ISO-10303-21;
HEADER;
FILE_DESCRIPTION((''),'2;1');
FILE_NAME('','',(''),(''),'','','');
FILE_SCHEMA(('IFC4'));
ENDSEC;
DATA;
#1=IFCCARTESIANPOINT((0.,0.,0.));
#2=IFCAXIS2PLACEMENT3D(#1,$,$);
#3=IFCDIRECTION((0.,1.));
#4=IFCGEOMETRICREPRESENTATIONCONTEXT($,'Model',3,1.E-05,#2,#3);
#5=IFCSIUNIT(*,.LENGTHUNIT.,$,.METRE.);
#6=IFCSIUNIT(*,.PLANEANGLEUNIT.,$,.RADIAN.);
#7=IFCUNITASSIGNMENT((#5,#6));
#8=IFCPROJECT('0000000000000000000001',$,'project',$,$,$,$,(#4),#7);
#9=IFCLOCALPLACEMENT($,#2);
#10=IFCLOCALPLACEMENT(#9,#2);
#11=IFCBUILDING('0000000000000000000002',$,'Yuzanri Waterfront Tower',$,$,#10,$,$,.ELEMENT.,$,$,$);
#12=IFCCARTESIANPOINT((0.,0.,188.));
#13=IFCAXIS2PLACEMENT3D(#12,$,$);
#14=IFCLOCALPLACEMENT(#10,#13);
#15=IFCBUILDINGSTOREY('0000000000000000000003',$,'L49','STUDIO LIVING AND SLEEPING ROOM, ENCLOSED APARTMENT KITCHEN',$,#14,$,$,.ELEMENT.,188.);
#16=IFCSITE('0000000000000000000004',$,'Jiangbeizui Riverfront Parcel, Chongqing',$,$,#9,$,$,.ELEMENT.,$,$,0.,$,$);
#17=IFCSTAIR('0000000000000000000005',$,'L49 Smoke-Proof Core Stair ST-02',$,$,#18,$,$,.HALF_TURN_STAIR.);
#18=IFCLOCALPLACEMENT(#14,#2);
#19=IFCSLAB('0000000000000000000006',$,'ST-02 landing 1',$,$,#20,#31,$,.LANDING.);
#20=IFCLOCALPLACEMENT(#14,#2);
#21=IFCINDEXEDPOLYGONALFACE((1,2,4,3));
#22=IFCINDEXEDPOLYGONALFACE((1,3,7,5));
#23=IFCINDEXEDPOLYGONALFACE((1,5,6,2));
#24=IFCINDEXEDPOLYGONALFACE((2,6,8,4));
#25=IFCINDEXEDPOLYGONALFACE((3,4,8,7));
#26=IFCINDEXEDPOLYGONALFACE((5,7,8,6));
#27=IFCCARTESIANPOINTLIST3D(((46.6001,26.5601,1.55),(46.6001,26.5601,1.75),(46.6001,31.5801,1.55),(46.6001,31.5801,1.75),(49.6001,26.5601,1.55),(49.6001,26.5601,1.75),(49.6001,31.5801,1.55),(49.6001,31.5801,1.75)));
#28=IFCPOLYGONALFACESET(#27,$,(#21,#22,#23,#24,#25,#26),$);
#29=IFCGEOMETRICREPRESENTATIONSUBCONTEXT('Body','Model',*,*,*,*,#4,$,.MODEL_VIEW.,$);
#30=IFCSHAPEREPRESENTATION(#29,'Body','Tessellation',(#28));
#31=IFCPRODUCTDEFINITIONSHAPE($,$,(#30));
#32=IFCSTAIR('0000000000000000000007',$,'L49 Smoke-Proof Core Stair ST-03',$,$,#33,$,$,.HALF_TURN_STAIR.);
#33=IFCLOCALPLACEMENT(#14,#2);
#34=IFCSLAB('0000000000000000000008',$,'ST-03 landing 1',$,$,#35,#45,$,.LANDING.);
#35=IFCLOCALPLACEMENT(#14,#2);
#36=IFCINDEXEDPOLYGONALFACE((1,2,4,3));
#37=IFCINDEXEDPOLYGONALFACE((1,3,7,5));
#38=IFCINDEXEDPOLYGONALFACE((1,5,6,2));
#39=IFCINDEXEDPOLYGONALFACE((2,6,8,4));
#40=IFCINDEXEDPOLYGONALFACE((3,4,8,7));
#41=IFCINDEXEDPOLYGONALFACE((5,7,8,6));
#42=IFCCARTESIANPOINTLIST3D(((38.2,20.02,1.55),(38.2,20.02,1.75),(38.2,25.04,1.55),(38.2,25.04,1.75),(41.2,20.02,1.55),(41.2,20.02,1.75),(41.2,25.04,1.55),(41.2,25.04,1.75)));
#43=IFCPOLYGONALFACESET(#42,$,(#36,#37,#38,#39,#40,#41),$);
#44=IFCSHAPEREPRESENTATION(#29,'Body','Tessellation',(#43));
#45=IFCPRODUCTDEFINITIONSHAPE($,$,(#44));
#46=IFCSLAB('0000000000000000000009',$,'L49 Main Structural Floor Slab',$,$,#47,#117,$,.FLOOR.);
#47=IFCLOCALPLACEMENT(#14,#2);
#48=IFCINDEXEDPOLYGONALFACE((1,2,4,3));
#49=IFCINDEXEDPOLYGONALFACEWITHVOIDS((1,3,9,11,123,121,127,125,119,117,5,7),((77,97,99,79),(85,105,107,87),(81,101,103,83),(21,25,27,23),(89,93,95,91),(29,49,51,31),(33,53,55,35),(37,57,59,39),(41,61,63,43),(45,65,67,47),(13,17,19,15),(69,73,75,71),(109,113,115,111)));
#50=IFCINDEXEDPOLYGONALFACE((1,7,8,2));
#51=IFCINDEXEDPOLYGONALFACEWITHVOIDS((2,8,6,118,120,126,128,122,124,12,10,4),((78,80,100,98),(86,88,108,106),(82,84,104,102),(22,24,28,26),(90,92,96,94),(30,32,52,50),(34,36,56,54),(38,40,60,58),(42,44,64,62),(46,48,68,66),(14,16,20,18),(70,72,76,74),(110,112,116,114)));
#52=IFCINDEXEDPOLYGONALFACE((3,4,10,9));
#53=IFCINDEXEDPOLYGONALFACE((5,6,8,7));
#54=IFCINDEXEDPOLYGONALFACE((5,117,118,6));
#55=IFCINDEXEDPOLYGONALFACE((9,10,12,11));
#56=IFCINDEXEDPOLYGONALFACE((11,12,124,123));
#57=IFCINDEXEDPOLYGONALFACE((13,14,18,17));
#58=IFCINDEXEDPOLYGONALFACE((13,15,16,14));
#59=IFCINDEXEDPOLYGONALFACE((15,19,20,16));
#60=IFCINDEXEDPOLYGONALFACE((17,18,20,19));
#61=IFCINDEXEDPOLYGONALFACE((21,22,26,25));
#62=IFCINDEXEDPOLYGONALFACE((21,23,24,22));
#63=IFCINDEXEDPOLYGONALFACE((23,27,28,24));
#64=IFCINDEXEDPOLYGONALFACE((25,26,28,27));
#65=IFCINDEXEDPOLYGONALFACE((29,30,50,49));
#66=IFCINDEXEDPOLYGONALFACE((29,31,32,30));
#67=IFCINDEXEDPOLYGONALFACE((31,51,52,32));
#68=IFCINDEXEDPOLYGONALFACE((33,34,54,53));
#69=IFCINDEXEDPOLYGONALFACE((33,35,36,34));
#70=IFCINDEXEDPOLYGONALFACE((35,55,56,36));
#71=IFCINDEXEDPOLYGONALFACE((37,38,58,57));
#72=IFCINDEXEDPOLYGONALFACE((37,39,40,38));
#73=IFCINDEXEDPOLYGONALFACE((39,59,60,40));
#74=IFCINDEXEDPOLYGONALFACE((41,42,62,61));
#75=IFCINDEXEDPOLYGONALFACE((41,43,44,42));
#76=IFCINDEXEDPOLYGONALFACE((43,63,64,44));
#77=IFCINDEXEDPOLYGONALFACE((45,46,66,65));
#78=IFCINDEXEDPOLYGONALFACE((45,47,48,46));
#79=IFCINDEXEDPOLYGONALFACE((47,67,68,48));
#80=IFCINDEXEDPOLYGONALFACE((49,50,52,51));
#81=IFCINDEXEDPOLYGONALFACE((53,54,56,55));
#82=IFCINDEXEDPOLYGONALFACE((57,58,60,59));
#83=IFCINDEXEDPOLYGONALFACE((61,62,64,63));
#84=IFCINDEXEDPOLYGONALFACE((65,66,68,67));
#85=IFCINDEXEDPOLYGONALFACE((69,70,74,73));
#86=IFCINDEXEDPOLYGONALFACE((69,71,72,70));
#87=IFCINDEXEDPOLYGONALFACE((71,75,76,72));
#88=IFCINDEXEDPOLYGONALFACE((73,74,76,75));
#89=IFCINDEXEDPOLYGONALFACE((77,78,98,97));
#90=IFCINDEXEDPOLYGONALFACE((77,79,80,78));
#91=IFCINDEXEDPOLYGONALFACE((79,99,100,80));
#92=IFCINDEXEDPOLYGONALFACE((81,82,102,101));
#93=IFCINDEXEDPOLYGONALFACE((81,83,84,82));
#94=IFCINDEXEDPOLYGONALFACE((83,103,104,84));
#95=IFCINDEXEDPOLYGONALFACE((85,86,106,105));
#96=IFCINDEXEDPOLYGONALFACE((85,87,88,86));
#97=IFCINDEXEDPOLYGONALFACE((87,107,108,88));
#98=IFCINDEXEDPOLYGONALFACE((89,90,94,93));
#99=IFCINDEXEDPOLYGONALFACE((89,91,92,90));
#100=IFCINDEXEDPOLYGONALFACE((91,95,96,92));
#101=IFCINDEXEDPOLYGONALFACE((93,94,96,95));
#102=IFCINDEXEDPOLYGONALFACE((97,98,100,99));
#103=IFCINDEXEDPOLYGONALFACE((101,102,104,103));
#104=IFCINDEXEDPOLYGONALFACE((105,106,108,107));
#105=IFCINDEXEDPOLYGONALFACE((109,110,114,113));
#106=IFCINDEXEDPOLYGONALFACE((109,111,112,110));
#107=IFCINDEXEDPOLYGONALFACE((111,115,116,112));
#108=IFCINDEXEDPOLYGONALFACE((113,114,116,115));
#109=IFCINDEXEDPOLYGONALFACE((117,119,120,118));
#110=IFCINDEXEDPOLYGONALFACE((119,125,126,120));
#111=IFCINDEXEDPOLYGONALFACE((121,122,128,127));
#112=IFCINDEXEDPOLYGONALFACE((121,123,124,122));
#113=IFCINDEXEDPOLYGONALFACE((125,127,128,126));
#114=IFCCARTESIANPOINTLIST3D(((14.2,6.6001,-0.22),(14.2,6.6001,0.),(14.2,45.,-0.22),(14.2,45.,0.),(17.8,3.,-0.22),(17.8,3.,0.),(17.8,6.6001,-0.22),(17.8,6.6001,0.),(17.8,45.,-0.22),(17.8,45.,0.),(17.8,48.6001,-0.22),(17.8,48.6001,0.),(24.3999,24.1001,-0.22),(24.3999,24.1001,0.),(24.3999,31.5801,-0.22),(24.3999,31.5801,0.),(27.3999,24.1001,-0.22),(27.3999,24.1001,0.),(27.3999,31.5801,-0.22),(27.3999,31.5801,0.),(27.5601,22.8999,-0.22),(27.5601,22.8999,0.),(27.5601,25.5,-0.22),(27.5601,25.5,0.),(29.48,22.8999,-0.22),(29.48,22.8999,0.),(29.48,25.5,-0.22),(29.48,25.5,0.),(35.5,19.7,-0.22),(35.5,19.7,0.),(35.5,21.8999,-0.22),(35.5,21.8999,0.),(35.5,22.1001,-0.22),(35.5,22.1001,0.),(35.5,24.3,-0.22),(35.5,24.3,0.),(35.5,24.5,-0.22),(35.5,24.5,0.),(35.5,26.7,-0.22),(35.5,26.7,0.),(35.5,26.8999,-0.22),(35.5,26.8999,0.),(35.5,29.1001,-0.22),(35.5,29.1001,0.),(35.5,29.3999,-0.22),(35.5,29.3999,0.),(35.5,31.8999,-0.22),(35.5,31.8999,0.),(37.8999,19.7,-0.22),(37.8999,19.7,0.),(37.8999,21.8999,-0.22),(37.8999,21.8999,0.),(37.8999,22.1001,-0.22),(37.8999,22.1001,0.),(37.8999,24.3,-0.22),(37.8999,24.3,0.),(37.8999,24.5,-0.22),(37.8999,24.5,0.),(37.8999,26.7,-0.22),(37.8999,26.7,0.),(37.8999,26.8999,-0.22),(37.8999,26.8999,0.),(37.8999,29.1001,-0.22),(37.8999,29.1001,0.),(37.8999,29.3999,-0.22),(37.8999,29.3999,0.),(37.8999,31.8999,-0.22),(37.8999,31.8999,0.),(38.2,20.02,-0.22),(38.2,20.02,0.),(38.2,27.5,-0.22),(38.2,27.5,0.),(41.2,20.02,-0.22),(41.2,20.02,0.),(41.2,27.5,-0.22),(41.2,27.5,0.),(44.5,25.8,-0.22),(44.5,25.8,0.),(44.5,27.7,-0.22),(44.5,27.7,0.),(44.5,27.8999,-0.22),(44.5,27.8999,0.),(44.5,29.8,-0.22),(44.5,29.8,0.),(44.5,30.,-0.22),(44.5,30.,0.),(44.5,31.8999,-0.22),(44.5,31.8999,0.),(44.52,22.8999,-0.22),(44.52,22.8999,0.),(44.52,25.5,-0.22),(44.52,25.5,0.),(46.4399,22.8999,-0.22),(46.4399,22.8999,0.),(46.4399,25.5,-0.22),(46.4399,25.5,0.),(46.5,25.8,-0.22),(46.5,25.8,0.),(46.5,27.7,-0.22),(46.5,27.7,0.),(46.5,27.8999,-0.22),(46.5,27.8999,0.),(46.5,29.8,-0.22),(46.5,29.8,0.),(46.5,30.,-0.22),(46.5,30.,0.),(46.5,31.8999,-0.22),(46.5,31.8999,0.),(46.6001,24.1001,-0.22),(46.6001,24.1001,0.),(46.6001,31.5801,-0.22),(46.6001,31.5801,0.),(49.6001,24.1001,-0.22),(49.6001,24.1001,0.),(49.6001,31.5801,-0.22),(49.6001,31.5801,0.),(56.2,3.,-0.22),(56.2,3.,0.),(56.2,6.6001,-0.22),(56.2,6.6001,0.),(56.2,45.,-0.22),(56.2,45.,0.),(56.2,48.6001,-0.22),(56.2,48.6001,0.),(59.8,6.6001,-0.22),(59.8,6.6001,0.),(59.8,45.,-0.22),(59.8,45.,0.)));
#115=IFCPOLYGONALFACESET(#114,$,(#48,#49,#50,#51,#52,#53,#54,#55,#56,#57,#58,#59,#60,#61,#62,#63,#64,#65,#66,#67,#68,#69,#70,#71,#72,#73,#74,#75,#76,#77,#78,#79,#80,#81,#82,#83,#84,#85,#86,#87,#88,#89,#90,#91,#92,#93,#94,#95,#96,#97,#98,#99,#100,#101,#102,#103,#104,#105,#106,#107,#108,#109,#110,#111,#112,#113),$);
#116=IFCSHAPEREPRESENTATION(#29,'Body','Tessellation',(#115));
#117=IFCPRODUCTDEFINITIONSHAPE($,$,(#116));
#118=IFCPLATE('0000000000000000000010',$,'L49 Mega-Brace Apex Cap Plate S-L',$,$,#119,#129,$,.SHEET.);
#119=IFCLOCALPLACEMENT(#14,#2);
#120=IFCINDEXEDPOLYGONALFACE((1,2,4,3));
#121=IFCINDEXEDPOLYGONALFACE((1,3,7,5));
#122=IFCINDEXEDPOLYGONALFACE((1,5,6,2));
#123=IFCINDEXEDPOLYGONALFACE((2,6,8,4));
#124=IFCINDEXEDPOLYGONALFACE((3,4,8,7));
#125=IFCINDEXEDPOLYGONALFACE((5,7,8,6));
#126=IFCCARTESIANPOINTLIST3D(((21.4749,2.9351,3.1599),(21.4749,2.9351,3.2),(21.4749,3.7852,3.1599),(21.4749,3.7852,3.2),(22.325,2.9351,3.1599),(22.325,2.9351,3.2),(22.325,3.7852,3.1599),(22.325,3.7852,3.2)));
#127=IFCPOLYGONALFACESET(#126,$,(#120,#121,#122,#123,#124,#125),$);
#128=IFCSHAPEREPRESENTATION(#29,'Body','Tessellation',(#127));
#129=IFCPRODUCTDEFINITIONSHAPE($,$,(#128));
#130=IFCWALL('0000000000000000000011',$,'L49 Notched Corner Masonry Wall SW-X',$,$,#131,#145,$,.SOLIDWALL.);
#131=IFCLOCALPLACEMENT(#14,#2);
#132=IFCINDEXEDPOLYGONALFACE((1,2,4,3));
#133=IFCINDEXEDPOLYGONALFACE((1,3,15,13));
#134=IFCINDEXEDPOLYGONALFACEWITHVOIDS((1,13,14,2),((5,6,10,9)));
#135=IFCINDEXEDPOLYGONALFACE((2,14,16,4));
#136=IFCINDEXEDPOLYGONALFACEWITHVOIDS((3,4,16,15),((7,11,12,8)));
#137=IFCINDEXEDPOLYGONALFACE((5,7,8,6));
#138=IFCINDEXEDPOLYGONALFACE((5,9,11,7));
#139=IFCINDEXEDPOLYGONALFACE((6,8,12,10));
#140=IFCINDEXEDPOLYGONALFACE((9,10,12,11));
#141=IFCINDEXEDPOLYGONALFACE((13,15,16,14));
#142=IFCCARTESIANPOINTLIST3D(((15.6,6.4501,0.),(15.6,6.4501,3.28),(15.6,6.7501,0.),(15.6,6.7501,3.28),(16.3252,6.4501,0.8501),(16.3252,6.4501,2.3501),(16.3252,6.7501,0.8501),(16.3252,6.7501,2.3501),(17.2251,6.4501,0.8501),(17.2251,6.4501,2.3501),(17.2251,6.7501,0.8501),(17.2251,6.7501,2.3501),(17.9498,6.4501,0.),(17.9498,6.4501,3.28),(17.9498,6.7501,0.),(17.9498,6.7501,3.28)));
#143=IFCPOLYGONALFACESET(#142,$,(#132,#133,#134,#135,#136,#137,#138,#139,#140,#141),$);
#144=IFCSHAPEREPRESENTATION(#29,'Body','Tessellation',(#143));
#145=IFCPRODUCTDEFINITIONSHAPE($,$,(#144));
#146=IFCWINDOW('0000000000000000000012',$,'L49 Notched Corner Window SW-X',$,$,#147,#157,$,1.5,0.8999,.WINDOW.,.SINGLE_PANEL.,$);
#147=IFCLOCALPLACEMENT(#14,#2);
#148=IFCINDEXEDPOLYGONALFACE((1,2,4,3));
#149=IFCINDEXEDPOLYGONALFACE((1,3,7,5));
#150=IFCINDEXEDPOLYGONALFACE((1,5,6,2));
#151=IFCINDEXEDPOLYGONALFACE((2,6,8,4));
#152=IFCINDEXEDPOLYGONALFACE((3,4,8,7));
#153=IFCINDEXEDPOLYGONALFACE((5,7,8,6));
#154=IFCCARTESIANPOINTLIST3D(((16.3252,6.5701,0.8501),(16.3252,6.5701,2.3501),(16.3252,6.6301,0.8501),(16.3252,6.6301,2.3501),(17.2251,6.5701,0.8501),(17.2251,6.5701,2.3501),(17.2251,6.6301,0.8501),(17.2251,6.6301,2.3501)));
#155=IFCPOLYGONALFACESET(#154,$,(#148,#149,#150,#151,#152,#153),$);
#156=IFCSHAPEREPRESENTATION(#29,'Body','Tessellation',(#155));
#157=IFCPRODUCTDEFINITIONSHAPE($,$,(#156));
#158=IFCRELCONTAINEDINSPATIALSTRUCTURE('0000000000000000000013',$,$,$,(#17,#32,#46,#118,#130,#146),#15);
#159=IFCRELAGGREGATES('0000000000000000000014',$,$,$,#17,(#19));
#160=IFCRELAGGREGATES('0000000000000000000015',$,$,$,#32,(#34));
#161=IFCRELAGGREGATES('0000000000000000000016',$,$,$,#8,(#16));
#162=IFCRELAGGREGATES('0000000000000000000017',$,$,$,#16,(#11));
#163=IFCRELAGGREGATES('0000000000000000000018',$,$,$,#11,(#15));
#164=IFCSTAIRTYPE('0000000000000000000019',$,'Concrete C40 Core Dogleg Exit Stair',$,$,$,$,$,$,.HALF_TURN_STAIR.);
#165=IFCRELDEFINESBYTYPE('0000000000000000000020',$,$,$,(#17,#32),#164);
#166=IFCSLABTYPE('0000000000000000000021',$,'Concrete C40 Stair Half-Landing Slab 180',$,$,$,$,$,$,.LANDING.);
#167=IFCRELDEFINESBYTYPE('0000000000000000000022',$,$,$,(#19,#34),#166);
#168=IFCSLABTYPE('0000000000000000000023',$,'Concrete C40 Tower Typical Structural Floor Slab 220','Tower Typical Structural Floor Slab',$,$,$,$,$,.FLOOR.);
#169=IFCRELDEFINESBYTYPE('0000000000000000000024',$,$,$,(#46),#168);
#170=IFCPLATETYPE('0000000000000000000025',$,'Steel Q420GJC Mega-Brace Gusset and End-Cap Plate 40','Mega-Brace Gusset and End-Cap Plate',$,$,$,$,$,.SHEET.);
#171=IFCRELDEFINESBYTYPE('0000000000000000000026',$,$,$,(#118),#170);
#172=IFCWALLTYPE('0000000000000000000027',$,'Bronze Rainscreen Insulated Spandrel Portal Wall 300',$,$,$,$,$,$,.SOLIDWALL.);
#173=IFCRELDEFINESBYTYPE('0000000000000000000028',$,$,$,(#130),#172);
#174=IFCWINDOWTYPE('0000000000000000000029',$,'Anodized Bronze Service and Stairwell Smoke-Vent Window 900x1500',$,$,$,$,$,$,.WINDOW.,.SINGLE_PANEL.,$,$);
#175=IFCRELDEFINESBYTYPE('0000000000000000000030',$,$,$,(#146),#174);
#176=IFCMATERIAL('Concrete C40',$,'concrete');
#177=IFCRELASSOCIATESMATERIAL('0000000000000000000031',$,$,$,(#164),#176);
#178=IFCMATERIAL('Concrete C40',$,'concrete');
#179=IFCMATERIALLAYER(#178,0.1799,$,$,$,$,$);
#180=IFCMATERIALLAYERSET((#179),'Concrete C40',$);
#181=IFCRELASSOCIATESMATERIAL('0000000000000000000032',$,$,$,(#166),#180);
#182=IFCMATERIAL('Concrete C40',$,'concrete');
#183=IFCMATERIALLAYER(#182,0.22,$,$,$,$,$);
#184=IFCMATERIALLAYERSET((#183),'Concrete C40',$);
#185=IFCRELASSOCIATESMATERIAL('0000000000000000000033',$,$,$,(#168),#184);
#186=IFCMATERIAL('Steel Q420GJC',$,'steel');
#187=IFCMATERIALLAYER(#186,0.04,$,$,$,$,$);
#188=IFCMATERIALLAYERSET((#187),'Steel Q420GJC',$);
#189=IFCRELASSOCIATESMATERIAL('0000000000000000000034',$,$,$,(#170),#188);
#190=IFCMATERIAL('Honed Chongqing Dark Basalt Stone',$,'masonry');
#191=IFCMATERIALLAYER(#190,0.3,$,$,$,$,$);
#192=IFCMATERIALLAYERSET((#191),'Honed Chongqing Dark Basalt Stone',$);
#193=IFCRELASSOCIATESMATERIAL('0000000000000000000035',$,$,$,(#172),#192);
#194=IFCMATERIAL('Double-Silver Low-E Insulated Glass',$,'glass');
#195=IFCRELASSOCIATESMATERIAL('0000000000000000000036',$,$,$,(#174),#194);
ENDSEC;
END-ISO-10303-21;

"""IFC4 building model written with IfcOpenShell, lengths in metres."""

from ifc_helpers import new_model, si_unit, direction, frame, frame_2d, origin, origin_2d, place, context, subcontext, project, spatial, polyline, rectangle, outline, extrude, source, transform, mapped, material, layer, layer_set, type_object, element, fill, aggregate, save


model = new_model("IFC4")

# Units and contexts
model_context = context("Model", 3, precision=1e-05, world=origin(), true_north=direction((0.0, 1.0)))
body_context = subcontext(model_context, "Body", "Model", "MODEL_VIEW")
ifc_project = project(units=[si_unit("LENGTHUNIT", "METRE"), si_unit("PLANEANGLEUNIT", "RADIAN")], contexts=[model_context])

# Site, building, storey
site_placement = place(None, origin())
site = spatial("IfcSite", under=ifc_project, at=site_placement, Name="Jiangbeizui Riverfront Parcel, Chongqing", CompositionType="ELEMENT", RefElevation=0.0)
building_placement = place(site_placement, origin())
building = spatial("IfcBuilding", under=site, at=building_placement, Name="Yuzanri Waterfront Tower", CompositionType="ELEMENT")
storey_placement = place(building_placement, frame((0.0, 0.0, 188.0)))
storey = spatial("IfcBuildingStorey", under=building, at=storey_placement, Name="L49", Description="STUDIO LIVING AND SLEEPING ROOM, ENCLOSED APARTMENT KITCHEN", CompositionType="ELEMENT", Elevation=188.0)

# Stairs, slabs
ifc_material_1 = material(Name="Concrete C40", Category="concrete")
stair_type = type_object("IfcStairType", Name="Concrete C40 Core Dogleg Exit Stair", PredefinedType="HALF_TURN_STAIR", material=ifc_material_1)
ifc_material_2 = material(Name="Concrete C40", Category="concrete")
ifc_layer_1 = layer(ifc_material_2, 0.1799)
ifc_layer_set_1 = layer_set([ifc_layer_1], Name="Concrete C40")
slab_type_1 = type_object("IfcSlabType", Name="Concrete C40 Stair Half-Landing Slab 180", PredefinedType="LANDING", material=ifc_layer_set_1)
stair_1_placement = place(storey_placement, origin())
stair_1 = element("IfcStair", 1, at=stair_1_placement, inside=storey, type_object=stair_type, Name="L49 Smoke-Proof Core Stair ST-02", PredefinedType="HALF_TURN_STAIR")
slab_1_placement = place(storey_placement, frame((0.0, 0.0, 1.55)))
slab_1 = element("IfcSlab", 2, at=slab_1_placement, type_object=slab_type_1, Name="ST-02 landing 1", PredefinedType="LANDING", context=body_context, shape_type="SweptSolid", body=[
    extrude(outline(polyline([(49.6001, 26.5601), (49.6001, 31.5801), (46.6001, 31.5801), (46.6001, 26.5601), (49.6001, 26.5601)])), origin(), (0.0, 0.0, 1.0), 0.2),
])
aggregate(stair_1, [slab_1])
stair_2_placement = place(storey_placement, origin())
stair_2 = element("IfcStair", 3, at=stair_2_placement, inside=storey, type_object=stair_type, Name="L49 Smoke-Proof Core Stair ST-03", PredefinedType="HALF_TURN_STAIR")
slab_2_placement = place(storey_placement, frame((0.0, 0.0, 1.55)))
slab_2 = element("IfcSlab", 4, at=slab_2_placement, type_object=slab_type_1, Name="ST-03 landing 1", PredefinedType="LANDING", context=body_context, shape_type="SweptSolid", body=[
    extrude(outline(polyline([(38.2, 25.04), (38.2, 20.02), (41.2, 20.02), (41.2, 25.04), (38.2, 25.04)])), origin(), (0.0, 0.0, 1.0), 0.2),
])
aggregate(stair_2, [slab_2])

# Slab
ifc_material_3 = material(Name="Concrete C40", Category="concrete")
ifc_layer_2 = layer(ifc_material_3, 0.22)
ifc_layer_set_2 = layer_set([ifc_layer_2], Name="Concrete C40")
slab_type_2 = type_object("IfcSlabType", Name="Concrete C40 Tower Typical Structural Floor Slab 220", Description="Tower Typical Structural Floor Slab", PredefinedType="FLOOR", material=ifc_layer_set_2)
slab_3_placement = place(storey_placement, frame((0.0, 0.0, -0.22)))
element("IfcSlab", 5, at=slab_3_placement, inside=storey, type_object=slab_type_2, Name="L49 Main Structural Floor Slab", PredefinedType="FLOOR", context=body_context, shape_type="SweptSolid", body=[
    extrude(outline(polyline([(17.8, 3.0), (56.2, 3.0), (56.2, 6.6001), (59.8, 6.6001), (59.8, 45.0), (56.2, 45.0), (56.2, 48.6001), (17.8, 48.6001), (17.8, 45.0), (14.2, 45.0), (14.2, 6.6001), (17.8, 6.6001), (17.8, 3.0)]), holes=[polyline([(27.3999, 24.1001), (27.3999, 31.5801), (24.3999, 31.5801), (24.3999, 24.1001), (27.3999, 24.1001)]), polyline([(49.6001, 24.1001), (49.6001, 31.5801), (46.6001, 31.5801), (46.6001, 24.1001), (49.6001, 24.1001)]), polyline([(38.2, 27.5), (38.2, 20.02), (41.2, 20.02), (41.2, 27.5), (38.2, 27.5)]), polyline([(27.5601, 22.8999), (29.48, 22.8999), (29.48, 25.5), (27.5601, 25.5), (27.5601, 22.8999)]), polyline([(44.52, 22.8999), (46.4399, 22.8999), (46.4399, 25.5), (44.52, 25.5), (44.52, 22.8999)]), polyline([(35.5, 19.7), (37.8999, 19.7), (37.8999, 21.8999), (35.5, 21.8999), (35.5, 19.7)]), polyline([(35.5, 22.1001), (37.8999, 22.1001), (37.8999, 24.3), (35.5, 24.3), (35.5, 22.1001)]), polyline([(35.5, 24.5), (37.8999, 24.5), (37.8999, 26.7), (35.5, 26.7), (35.5, 24.5)]), polyline([(35.5, 26.8999), (37.8999, 26.8999), (37.8999, 29.1001), (35.5, 29.1001), (35.5, 26.8999)]), polyline([(35.5, 29.3999), (37.8999, 29.3999), (37.8999, 31.8999), (35.5, 31.8999), (35.5, 29.3999)]), polyline([(44.5, 25.8), (46.5, 25.8), (46.5, 27.7), (44.5, 27.7), (44.5, 25.8)]), polyline([(44.5, 27.8999), (46.5, 27.8999), (46.5, 29.8), (44.5, 29.8), (44.5, 27.8999)]), polyline([(44.5, 30.0), (46.5, 30.0), (46.5, 31.8999), (44.5, 31.8999), (44.5, 30.0)])]), origin(), (0.0, 0.0, 1.0), 0.22),
])

# Plate
ifc_material_4 = material(Name="Steel Q420GJC", Category="steel")
ifc_layer_3 = layer(ifc_material_4, 0.04)
ifc_layer_set_3 = layer_set([ifc_layer_3], Name="Steel Q420GJC")
plate_type = type_object("IfcPlateType", Name="Steel Q420GJC Mega-Brace Gusset and End-Cap Plate 40", Description="Mega-Brace Gusset and End-Cap Plate", PredefinedType="SHEET", material=ifc_layer_set_3)
shared_shape_1 = source(origin(), body_context, "Body", "SweptSolid", [
    extrude(rectangle(XDim=0.8501, YDim=0.8501, at=origin_2d()), origin(), (0.0, 0.0, 1.0), 0.04),
])
plate_placement = place(storey_placement, frame((21.8999, 3.3601, 3.1599), z_axis=(0.0, 0.0, 1.0), x_axis=(1.0, 0.0, 0.0)))
element("IfcPlate", 6, at=plate_placement, inside=storey, type_object=plate_type, Name="L49 Mega-Brace Apex Cap Plate S-L", PredefinedType="SHEET", context=body_context, shape_type="MappedRepresentation", body=[
    mapped(shared_shape_1, transform((0.0, 0.0, 0.0), scale=1.0)),
])

# Wall, opening, window
ifc_material_5 = material(Name="Honed Chongqing Dark Basalt Stone", Category="masonry")
ifc_layer_4 = layer(ifc_material_5, 0.3)
ifc_layer_set_4 = layer_set([ifc_layer_4], Name="Honed Chongqing Dark Basalt Stone")
wall_type_1 = type_object("IfcWallType", Name="Bronze Rainscreen Insulated Spandrel Portal Wall 300", PredefinedType="SOLIDWALL", material=ifc_layer_set_4)
wall_1_placement = place(storey_placement, frame((15.6001, 6.6001, 0.0), z_axis=(0.0, 0.0, 1.0), x_axis=(1.0, 0.0, 0.0)))
wall_1 = element("IfcWall", 7, at=wall_1_placement, inside=storey, type_object=wall_type_1, Name="L49 Notched Corner Masonry Wall SW-X", PredefinedType="SOLIDWALL", context=body_context, shape_type="SweptSolid", body=[
    extrude(rectangle(XDim=2.3499, YDim=0.3, at=frame_2d((1.1748, 0.0))), origin(), (0.0, 0.0, 1.0), 3.28),
])
opening_1_placement = place(wall_1_placement, frame((0.7251, 0.0, 0.8501)))
opening_1 = element("IfcOpeningElement", 8, at=opening_1_placement, cuts=wall_1, PredefinedType="OPENING", context=body_context, shape_type="SweptSolid", body=[
    extrude(rectangle(XDim=0.8999, YDim=1.5, at=frame_2d((0.45, 0.75))), frame((0.0, 0.165, 0.0), z_axis=(0.0, -1.0, 0.0), x_axis=(1.0, 0.0, 0.0)), (0.0, 0.0, 1.0), 0.3298),
])
ifc_material_6 = material(Name="Double-Silver Low-E Insulated Glass", Category="glass")
window_type_1 = type_object("IfcWindowType", Name="Anodized Bronze Service and Stairwell Smoke-Vent Window 900x1500", PartitioningType="SINGLE_PANEL", PredefinedType="WINDOW", material=ifc_material_6)
shared_shape_2 = source(origin(), body_context, "Body", "SweptSolid", [
    extrude(rectangle(XDim=0.8999, YDim=1.5, at=frame_2d((0.45, 0.75))), frame((0.0, 0.03, 0.0), z_axis=(0.0, -1.0, 0.0), x_axis=(1.0, 0.0, 0.0)), (0.0, 0.0, 1.0), 0.0601),
])
window_1_placement = place(opening_1_placement, origin())
window_1 = element("IfcWindow", 9, at=window_1_placement, inside=storey, type_object=window_type_1, Name="L49 Notched Corner Window SW-X", OverallHeight=1.5, OverallWidth=0.8999, PartitioningType="SINGLE_PANEL", PredefinedType="WINDOW", context=body_context, shape_type="MappedRepresentation", body=[
    mapped(shared_shape_2, transform((0.0, 0.0, 0.0), scale=1.0)),
])
fill(opening_1, window_1)

save(model, "model.ifc")
